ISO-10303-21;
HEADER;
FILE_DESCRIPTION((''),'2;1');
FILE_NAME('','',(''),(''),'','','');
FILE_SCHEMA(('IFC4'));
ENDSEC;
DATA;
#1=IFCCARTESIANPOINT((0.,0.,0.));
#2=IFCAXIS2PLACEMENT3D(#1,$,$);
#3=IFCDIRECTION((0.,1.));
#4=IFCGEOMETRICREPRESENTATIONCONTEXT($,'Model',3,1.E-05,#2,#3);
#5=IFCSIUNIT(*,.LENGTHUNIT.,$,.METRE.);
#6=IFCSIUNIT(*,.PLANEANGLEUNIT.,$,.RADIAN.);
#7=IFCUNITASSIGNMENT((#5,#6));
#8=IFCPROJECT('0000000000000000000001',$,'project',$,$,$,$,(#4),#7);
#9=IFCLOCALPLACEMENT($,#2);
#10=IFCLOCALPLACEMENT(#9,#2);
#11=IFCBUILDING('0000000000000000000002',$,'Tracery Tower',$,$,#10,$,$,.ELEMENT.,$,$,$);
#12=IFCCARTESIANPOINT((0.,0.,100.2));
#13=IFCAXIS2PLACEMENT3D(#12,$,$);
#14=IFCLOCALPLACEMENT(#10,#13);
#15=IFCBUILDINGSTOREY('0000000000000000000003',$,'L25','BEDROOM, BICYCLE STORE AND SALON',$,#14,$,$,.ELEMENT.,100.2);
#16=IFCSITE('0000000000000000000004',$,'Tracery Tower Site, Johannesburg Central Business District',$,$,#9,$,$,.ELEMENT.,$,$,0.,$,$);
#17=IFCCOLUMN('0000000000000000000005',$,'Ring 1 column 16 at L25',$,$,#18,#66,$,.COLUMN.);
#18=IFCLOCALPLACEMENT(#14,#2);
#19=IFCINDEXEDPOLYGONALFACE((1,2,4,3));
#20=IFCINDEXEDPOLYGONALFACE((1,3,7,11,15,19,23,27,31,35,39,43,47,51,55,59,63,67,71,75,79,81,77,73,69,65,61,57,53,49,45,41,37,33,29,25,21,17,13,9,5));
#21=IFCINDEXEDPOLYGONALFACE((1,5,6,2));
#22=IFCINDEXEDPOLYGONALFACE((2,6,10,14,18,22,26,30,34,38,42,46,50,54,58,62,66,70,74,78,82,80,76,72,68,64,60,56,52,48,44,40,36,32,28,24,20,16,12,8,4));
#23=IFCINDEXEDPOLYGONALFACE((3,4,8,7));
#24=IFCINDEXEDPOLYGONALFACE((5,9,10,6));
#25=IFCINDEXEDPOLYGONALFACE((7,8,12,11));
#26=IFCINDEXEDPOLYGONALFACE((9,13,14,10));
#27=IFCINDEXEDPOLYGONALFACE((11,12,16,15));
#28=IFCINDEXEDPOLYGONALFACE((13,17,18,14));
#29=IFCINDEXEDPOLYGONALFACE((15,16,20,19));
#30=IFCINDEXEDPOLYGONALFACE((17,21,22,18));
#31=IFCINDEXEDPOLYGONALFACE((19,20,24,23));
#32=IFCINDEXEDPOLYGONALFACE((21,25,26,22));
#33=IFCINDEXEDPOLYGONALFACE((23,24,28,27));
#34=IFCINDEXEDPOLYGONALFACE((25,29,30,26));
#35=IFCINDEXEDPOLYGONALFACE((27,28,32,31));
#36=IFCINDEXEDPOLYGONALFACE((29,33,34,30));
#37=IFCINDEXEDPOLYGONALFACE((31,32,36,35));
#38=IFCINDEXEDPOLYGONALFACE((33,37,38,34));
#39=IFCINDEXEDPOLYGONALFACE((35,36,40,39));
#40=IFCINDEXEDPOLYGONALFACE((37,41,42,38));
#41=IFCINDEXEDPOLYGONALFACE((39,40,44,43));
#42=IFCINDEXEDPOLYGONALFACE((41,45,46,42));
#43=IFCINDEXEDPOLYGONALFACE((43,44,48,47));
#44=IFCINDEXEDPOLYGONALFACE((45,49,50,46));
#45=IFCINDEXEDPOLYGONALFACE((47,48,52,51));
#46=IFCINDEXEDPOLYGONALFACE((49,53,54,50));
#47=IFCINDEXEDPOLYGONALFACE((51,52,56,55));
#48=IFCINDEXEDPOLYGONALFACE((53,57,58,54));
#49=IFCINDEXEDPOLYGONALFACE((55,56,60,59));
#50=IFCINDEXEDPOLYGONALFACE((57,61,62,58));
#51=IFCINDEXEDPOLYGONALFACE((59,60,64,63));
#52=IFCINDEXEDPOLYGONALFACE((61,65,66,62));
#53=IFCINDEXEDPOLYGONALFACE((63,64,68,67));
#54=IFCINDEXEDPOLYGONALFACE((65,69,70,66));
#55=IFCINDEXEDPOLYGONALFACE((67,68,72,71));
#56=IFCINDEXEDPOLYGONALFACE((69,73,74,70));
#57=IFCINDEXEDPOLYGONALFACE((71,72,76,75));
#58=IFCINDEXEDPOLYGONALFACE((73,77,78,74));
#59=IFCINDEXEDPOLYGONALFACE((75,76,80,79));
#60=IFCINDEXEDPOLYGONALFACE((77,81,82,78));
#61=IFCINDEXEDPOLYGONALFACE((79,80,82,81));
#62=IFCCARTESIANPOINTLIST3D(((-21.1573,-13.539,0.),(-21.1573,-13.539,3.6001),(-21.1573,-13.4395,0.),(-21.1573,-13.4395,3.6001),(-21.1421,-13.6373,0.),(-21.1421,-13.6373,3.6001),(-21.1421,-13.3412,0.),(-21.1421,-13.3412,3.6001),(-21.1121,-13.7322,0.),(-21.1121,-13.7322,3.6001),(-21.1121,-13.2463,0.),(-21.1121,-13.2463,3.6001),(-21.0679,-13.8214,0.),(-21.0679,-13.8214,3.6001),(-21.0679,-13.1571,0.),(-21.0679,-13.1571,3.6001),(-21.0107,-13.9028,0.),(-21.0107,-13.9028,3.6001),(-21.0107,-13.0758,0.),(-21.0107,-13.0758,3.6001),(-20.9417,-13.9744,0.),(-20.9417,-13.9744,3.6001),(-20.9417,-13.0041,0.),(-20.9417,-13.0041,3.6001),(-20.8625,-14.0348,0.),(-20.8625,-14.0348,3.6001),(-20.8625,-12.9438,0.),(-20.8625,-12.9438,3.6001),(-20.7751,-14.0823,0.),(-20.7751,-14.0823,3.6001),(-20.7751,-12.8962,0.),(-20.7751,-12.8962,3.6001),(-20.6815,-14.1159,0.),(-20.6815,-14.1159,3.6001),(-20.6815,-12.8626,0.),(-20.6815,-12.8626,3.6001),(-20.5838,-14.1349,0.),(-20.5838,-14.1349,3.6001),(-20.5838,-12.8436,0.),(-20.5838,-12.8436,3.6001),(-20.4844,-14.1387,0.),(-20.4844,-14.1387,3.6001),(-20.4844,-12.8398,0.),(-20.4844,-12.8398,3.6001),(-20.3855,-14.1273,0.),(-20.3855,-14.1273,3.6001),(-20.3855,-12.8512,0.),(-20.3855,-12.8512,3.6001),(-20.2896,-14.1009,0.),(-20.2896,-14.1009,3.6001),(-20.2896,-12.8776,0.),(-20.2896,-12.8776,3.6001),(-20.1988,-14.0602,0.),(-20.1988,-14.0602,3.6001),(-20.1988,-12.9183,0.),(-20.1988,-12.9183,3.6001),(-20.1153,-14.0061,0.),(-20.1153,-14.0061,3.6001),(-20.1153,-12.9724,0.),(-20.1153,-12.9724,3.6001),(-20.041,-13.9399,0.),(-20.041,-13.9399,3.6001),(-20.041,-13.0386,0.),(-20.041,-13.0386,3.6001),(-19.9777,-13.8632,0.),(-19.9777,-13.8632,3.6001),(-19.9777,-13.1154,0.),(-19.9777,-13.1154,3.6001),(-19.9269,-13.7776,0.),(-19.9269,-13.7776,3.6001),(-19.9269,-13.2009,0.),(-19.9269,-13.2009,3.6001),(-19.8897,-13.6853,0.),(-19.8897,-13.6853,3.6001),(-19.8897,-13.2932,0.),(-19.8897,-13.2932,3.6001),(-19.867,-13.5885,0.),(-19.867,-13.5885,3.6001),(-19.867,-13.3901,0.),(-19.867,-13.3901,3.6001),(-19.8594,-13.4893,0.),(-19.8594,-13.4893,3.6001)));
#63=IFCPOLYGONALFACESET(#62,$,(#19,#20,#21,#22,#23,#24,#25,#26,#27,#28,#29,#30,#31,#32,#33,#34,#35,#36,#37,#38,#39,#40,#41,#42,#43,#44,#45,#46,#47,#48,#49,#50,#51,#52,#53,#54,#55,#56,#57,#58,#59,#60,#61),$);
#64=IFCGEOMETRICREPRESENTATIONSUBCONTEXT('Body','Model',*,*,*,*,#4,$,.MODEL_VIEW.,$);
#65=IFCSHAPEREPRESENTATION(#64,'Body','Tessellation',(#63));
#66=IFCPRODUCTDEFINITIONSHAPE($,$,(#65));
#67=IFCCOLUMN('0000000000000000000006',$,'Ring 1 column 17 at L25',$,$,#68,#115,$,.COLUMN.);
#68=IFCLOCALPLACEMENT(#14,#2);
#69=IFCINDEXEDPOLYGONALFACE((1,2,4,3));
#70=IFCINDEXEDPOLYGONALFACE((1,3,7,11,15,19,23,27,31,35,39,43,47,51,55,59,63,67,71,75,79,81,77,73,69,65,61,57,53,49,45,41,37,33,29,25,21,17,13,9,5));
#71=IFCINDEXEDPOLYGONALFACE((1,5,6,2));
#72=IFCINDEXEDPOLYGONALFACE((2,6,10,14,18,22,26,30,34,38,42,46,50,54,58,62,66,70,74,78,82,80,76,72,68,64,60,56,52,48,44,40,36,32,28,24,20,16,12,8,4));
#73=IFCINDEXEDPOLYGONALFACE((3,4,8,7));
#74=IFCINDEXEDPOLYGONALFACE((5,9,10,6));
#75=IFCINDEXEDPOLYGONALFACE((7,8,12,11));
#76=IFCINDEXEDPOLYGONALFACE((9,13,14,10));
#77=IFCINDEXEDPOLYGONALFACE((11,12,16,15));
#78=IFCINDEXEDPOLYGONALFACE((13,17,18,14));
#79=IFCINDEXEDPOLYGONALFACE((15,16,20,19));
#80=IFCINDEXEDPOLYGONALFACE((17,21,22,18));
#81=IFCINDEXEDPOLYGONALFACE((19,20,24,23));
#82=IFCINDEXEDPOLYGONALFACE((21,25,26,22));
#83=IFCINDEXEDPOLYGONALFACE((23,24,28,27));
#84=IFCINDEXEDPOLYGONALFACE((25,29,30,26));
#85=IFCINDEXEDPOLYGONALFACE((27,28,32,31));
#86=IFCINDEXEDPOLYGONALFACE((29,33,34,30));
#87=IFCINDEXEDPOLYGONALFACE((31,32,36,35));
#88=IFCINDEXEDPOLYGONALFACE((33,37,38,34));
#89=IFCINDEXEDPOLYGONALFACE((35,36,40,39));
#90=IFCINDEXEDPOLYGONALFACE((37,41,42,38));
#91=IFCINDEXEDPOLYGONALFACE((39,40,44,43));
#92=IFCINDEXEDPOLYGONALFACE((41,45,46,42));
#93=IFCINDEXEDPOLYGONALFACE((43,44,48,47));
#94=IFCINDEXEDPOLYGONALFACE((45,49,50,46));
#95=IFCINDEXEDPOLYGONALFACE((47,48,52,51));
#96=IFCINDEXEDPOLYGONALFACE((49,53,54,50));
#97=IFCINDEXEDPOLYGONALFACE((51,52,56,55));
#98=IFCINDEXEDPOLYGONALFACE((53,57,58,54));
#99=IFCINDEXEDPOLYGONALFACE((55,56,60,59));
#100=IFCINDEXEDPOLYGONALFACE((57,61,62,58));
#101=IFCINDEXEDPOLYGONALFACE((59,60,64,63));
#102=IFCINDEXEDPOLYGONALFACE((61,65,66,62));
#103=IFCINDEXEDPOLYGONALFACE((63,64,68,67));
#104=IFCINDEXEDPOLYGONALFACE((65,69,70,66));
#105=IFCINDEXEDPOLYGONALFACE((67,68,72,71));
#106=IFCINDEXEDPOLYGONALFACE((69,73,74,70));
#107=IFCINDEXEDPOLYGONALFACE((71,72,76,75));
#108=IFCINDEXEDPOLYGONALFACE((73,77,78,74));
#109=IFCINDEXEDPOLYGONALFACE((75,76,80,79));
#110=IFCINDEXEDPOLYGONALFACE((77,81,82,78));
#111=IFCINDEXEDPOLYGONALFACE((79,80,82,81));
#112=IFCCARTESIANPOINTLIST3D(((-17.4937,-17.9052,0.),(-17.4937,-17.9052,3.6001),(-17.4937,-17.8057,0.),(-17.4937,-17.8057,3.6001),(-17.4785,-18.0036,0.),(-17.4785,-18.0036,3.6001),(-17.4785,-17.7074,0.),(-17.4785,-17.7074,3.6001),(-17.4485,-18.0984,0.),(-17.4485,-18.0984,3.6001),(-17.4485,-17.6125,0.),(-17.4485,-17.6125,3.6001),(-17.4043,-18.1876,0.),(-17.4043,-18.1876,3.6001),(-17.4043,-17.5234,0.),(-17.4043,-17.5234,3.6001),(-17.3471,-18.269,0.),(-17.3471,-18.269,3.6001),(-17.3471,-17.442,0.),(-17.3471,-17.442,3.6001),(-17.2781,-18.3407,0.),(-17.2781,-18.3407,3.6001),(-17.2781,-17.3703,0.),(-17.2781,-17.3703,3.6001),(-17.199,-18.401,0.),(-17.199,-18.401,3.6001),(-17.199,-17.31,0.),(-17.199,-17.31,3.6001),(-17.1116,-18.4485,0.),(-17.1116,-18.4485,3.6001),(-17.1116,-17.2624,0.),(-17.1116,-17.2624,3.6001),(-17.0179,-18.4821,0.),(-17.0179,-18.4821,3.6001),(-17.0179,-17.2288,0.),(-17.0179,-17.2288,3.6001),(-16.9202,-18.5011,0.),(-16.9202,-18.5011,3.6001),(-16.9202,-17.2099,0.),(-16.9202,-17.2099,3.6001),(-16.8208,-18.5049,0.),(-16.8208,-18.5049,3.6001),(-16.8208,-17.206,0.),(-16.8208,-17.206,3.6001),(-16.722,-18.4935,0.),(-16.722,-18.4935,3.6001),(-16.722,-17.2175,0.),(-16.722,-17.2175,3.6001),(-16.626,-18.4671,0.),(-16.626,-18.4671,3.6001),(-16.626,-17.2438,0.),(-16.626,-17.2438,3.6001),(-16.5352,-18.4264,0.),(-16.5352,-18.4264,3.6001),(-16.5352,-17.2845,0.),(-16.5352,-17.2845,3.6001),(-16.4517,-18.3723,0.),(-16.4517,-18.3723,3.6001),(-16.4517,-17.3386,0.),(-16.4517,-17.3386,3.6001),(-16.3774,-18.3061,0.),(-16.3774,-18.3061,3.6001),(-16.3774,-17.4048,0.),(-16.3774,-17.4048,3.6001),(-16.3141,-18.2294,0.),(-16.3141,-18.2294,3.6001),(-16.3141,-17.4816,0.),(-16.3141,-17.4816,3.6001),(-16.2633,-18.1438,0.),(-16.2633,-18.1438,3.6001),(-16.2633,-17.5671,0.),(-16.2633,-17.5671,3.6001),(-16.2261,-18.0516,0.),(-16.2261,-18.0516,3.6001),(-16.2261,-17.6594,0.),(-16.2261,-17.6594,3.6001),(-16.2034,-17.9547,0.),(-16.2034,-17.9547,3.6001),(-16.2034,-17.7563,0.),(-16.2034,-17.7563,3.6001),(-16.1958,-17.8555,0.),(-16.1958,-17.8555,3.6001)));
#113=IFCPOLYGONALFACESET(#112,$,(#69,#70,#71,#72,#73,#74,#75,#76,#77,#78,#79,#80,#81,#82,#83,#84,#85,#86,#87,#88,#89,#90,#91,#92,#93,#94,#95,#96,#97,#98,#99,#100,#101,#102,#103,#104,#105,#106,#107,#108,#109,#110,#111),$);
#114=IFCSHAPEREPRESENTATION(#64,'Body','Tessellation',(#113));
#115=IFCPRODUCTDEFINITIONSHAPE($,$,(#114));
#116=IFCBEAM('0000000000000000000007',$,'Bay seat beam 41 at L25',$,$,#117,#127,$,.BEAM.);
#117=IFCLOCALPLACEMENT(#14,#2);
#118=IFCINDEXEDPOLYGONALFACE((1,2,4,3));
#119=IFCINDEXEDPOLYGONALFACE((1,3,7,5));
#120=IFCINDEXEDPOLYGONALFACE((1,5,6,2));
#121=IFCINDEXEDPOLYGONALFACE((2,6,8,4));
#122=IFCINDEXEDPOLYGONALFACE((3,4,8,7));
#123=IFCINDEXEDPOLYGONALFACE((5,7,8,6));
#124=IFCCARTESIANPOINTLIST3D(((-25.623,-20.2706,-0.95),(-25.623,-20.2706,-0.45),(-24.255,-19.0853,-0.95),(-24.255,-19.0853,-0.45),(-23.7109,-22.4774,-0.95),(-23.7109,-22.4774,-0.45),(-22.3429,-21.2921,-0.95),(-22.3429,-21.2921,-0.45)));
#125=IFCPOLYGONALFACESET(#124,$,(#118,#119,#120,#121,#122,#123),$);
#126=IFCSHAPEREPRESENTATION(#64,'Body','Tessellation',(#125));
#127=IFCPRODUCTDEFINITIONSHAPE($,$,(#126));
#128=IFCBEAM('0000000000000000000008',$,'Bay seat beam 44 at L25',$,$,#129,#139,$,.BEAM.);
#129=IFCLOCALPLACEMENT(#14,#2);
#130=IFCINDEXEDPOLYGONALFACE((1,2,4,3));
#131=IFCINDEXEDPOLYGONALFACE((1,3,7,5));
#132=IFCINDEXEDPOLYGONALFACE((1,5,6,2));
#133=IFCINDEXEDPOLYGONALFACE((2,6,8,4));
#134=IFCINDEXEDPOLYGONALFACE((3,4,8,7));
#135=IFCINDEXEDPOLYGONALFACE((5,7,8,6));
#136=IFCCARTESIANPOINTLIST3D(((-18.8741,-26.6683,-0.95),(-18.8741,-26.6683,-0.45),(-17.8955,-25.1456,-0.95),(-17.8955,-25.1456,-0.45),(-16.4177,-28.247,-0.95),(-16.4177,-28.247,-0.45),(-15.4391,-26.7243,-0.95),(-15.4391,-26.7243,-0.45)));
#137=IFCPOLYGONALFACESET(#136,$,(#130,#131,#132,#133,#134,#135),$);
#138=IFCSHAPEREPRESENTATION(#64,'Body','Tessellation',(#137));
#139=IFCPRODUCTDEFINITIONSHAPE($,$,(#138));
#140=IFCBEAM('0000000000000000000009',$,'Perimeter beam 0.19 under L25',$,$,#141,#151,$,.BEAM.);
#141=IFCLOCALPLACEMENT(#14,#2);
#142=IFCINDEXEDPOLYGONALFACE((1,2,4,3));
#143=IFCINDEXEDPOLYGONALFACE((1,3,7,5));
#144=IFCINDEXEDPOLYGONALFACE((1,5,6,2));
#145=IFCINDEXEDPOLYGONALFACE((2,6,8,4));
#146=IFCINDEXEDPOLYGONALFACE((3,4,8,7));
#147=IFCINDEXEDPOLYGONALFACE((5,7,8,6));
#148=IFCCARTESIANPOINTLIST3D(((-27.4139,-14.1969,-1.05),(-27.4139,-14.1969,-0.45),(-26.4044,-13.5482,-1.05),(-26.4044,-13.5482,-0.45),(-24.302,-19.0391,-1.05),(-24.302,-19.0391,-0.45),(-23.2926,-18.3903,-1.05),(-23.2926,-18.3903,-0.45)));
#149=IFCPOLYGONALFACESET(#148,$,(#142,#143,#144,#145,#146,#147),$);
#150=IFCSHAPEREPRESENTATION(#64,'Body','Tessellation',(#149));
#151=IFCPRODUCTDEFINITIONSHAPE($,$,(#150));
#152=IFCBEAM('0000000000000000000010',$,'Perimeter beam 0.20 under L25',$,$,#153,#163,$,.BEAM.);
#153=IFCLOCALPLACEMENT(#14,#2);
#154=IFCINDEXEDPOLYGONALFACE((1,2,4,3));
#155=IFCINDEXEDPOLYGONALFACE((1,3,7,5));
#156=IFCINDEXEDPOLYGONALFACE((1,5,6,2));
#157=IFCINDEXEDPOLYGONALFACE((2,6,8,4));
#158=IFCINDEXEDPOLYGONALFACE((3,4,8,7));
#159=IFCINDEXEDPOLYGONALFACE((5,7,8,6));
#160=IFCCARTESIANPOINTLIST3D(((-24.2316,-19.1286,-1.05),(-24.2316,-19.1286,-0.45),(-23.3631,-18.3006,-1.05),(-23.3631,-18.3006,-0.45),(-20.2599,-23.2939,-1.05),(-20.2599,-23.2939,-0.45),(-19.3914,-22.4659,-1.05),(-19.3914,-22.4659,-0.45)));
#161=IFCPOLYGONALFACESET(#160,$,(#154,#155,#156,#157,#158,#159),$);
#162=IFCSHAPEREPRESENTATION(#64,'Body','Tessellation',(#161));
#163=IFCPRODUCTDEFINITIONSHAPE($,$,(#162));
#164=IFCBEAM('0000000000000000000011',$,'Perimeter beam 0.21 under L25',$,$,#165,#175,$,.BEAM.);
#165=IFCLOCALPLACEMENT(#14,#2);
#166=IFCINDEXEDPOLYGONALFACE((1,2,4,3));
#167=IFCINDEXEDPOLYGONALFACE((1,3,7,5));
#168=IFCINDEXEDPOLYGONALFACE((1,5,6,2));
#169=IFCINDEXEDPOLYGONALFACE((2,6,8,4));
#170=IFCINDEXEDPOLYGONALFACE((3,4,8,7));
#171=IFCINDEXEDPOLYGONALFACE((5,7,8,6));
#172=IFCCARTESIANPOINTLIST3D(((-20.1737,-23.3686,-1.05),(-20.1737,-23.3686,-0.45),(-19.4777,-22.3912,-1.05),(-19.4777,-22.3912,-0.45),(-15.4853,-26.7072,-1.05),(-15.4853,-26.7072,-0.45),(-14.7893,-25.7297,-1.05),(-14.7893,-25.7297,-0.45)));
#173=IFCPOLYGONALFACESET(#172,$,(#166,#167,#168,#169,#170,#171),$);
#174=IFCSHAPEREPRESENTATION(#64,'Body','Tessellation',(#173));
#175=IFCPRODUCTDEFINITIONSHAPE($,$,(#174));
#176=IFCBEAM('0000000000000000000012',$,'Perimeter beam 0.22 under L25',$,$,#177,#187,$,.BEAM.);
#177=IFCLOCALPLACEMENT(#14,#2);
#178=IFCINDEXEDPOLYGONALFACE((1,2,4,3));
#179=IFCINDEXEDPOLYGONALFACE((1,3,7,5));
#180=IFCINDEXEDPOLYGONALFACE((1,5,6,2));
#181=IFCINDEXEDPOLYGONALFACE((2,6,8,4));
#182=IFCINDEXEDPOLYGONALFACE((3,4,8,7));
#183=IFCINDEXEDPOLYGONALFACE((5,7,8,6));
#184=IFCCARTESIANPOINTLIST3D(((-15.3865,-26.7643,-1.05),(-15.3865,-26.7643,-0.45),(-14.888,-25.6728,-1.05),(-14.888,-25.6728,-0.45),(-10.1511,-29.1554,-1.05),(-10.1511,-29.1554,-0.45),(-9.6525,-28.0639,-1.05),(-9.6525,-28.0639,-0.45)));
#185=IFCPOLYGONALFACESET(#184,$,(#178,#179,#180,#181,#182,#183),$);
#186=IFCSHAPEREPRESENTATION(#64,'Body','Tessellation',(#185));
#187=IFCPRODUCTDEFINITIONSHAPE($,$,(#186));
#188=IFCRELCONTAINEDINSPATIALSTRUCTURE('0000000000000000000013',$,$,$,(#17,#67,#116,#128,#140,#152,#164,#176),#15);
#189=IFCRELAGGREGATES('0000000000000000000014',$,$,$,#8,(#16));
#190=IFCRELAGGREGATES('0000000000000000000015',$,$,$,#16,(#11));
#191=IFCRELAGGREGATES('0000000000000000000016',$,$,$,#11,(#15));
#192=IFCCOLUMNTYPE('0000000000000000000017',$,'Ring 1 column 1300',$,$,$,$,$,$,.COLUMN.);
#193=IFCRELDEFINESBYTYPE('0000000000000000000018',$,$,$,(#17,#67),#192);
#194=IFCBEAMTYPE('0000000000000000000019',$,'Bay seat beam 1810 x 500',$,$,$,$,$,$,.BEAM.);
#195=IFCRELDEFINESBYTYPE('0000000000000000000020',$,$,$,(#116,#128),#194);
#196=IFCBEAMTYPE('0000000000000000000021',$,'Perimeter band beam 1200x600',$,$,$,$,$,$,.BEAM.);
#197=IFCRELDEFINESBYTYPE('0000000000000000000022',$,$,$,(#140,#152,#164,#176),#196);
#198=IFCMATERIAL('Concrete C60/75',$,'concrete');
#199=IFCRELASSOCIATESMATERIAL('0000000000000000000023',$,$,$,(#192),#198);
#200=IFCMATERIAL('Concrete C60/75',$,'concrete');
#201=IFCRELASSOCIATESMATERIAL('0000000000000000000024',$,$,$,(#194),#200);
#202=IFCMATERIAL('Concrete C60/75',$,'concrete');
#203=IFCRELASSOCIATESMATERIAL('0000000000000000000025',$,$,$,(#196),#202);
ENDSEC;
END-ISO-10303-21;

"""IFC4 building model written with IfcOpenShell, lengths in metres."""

from ifc_helpers import new_model, si_unit, direction, frame, origin, origin_2d, place, context, subcontext, project, spatial, rectangle, circle, extrude, material, material_profile, profile_set, type_object, element, save


model = new_model("IFC4")

# Units and contexts
model_context = context("Model", 3, precision=1e-05, world=origin(), true_north=direction((0.0, 1.0)))
body_context = subcontext(model_context, "Body", "Model", "MODEL_VIEW")
ifc_project = project(units=[si_unit("LENGTHUNIT", "METRE"), si_unit("PLANEANGLEUNIT", "RADIAN")], contexts=[model_context])

# Site, building, storey
site_placement = place(None, origin())
site = spatial("IfcSite", under=ifc_project, at=site_placement, Name="Tracery Tower Site, Johannesburg Central Business District", CompositionType="ELEMENT", RefElevation=0.0)
building_placement = place(site_placement, origin())
building = spatial("IfcBuilding", under=site, at=building_placement, Name="Tracery Tower", CompositionType="ELEMENT")
storey_placement = place(building_placement, frame((0.0, 0.0, 100.2)))
storey = spatial("IfcBuildingStorey", under=building, at=storey_placement, Name="L25", Description="BEDROOM, BICYCLE STORE AND SALON", CompositionType="ELEMENT", Elevation=100.2)

# Columns
ifc_material_1 = material(Name="Concrete C60/75", Category="concrete")
ifc_material_profile_1 = material_profile(ifc_material_1, circle(Radius=0.6499, at=origin_2d()), Name="RC D1300")
ifc_profile_set_1 = profile_set([ifc_material_profile_1], Name="Concrete C60/75")
column_type_1 = type_object("IfcColumnType", Name="Ring 1 column 1300", PredefinedType="COLUMN", material=ifc_profile_set_1)
for number, where, z_axis, x_axis, name in (
    (1, (-20.5093, -13.4893, 0.0), (0.0, 0.0, 1.0), (1.0, 0.0, 0.0), "Ring 1 column 16 at L25"),
    (2, (-16.8457, -17.8555, 0.0), (0.0, 0.0, 1.0), (1.0, 0.0, 0.0), "Ring 1 column 17 at L25"),
):
    element("IfcColumn", number, at=place(storey_placement, frame(where, z_axis=z_axis, x_axis=x_axis)), inside=storey, type_object=column_type_1, Name=name, PredefinedType="COLUMN", context=body_context, shape_type="SweptSolid", body=[
        extrude(circle(Radius=0.6499, at=origin_2d()), origin(), (0.0, 0.0, 1.0), 3.6001),
    ])

# Beams
ifc_material_2 = material(Name="Concrete C60/75", Category="concrete")
ifc_material_profile_2 = material_profile(ifc_material_2, rectangle(XDim=1.8101, YDim=0.5, at=origin_2d()), Name="RC 1810x500")
ifc_profile_set_2 = profile_set([ifc_material_profile_2], Name="Concrete C60/75")
beam_type_1 = type_object("IfcBeamType", Name="Bay seat beam 1810 x 500", PredefinedType="BEAM", material=ifc_profile_set_2)
for number, where, z_axis, x_axis, name in (
    (3, (-24.939, -19.678, -0.7), (0.654845, -0.755764, 0.0), (0.755764, 0.654845, 0.0), "Bay seat beam 41 at L25"),
    (4, (-18.3848, -25.907, -0.7), (0.841246, -0.540652, 0.0), (0.540652, 0.841246, 0.0), "Bay seat beam 44 at L25"),
):
    element("IfcBeam", number, at=place(storey_placement, frame(where, z_axis=z_axis, x_axis=x_axis)), inside=storey, type_object=beam_type_1, Name=name, PredefinedType="BEAM", context=body_context, shape_type="SweptSolid", body=[
        extrude(rectangle(XDim=1.8101, YDim=0.5, at=origin_2d()), origin(), (0.0, 0.0, 1.0), 2.9199),
    ])
ifc_material_3 = material(Name="Concrete C60/75", Category="concrete")
ifc_material_profile_3 = material_profile(ifc_material_3, rectangle(XDim=1.2, YDim=0.6001, at=origin_2d()), Name="RC 1200x600")
ifc_profile_set_3 = profile_set([ifc_material_profile_3], Name="Concrete C60/75")
beam_type_2 = type_object("IfcBeamType", Name="Perimeter band beam 1200x600", PredefinedType="BEAM", material=ifc_profile_set_3)
beam_1_placement = place(storey_placement, frame((-26.9092, -13.8726, -0.75), z_axis=(0.540644, -0.841252, 0.0), x_axis=(0.841252, 0.540644, 0.0)))
element("IfcBeam", 5, at=beam_1_placement, inside=storey, type_object=beam_type_2, Name="Perimeter beam 0.19 under L25", PredefinedType="BEAM", context=body_context, shape_type="SweptSolid", body=[
    extrude(rectangle(XDim=1.2, YDim=0.6001, at=origin_2d()), origin(), (0.0, 0.0, 1.0), 5.7559),
])
beam_2_placement = place(storey_placement, frame((-23.7974, -18.7146, -0.75), z_axis=(0.690087, -0.723726, 0.0), x_axis=(0.723726, 0.690087, 0.0)))
element("IfcBeam", 6, at=beam_2_placement, inside=storey, type_object=beam_type_2, Name="Perimeter beam 0.20 under L25", PredefinedType="BEAM", context=body_context, shape_type="SweptSolid", body=[
    extrude(rectangle(XDim=1.2, YDim=0.6001, at=origin_2d()), origin(), (0.0, 0.0, 1.0), 5.7554),
])
for number, where, z_axis, x_axis, name in (
    (7, (-19.8257, -22.8799, -0.75), (0.814578, -0.580054, 0.0), (0.580054, 0.814578, 0.0), "Perimeter beam 0.21 under L25"),
    (8, (-15.1372, -26.2185, -0.75), (0.909618, -0.415445, 0.0), (0.415445, 0.909618, 0.0), "Perimeter beam 0.22 under L25"),
):
    element("IfcBeam", number, at=place(storey_placement, frame(where, z_axis=z_axis, x_axis=x_axis)), inside=storey, type_object=beam_type_2, Name=name, PredefinedType="BEAM", context=body_context, shape_type="SweptSolid", body=[
        extrude(rectangle(XDim=1.2, YDim=0.6001, at=origin_2d()), origin(), (0.0, 0.0, 1.0), 5.7556),
    ])

save(model, "model.ifc")
